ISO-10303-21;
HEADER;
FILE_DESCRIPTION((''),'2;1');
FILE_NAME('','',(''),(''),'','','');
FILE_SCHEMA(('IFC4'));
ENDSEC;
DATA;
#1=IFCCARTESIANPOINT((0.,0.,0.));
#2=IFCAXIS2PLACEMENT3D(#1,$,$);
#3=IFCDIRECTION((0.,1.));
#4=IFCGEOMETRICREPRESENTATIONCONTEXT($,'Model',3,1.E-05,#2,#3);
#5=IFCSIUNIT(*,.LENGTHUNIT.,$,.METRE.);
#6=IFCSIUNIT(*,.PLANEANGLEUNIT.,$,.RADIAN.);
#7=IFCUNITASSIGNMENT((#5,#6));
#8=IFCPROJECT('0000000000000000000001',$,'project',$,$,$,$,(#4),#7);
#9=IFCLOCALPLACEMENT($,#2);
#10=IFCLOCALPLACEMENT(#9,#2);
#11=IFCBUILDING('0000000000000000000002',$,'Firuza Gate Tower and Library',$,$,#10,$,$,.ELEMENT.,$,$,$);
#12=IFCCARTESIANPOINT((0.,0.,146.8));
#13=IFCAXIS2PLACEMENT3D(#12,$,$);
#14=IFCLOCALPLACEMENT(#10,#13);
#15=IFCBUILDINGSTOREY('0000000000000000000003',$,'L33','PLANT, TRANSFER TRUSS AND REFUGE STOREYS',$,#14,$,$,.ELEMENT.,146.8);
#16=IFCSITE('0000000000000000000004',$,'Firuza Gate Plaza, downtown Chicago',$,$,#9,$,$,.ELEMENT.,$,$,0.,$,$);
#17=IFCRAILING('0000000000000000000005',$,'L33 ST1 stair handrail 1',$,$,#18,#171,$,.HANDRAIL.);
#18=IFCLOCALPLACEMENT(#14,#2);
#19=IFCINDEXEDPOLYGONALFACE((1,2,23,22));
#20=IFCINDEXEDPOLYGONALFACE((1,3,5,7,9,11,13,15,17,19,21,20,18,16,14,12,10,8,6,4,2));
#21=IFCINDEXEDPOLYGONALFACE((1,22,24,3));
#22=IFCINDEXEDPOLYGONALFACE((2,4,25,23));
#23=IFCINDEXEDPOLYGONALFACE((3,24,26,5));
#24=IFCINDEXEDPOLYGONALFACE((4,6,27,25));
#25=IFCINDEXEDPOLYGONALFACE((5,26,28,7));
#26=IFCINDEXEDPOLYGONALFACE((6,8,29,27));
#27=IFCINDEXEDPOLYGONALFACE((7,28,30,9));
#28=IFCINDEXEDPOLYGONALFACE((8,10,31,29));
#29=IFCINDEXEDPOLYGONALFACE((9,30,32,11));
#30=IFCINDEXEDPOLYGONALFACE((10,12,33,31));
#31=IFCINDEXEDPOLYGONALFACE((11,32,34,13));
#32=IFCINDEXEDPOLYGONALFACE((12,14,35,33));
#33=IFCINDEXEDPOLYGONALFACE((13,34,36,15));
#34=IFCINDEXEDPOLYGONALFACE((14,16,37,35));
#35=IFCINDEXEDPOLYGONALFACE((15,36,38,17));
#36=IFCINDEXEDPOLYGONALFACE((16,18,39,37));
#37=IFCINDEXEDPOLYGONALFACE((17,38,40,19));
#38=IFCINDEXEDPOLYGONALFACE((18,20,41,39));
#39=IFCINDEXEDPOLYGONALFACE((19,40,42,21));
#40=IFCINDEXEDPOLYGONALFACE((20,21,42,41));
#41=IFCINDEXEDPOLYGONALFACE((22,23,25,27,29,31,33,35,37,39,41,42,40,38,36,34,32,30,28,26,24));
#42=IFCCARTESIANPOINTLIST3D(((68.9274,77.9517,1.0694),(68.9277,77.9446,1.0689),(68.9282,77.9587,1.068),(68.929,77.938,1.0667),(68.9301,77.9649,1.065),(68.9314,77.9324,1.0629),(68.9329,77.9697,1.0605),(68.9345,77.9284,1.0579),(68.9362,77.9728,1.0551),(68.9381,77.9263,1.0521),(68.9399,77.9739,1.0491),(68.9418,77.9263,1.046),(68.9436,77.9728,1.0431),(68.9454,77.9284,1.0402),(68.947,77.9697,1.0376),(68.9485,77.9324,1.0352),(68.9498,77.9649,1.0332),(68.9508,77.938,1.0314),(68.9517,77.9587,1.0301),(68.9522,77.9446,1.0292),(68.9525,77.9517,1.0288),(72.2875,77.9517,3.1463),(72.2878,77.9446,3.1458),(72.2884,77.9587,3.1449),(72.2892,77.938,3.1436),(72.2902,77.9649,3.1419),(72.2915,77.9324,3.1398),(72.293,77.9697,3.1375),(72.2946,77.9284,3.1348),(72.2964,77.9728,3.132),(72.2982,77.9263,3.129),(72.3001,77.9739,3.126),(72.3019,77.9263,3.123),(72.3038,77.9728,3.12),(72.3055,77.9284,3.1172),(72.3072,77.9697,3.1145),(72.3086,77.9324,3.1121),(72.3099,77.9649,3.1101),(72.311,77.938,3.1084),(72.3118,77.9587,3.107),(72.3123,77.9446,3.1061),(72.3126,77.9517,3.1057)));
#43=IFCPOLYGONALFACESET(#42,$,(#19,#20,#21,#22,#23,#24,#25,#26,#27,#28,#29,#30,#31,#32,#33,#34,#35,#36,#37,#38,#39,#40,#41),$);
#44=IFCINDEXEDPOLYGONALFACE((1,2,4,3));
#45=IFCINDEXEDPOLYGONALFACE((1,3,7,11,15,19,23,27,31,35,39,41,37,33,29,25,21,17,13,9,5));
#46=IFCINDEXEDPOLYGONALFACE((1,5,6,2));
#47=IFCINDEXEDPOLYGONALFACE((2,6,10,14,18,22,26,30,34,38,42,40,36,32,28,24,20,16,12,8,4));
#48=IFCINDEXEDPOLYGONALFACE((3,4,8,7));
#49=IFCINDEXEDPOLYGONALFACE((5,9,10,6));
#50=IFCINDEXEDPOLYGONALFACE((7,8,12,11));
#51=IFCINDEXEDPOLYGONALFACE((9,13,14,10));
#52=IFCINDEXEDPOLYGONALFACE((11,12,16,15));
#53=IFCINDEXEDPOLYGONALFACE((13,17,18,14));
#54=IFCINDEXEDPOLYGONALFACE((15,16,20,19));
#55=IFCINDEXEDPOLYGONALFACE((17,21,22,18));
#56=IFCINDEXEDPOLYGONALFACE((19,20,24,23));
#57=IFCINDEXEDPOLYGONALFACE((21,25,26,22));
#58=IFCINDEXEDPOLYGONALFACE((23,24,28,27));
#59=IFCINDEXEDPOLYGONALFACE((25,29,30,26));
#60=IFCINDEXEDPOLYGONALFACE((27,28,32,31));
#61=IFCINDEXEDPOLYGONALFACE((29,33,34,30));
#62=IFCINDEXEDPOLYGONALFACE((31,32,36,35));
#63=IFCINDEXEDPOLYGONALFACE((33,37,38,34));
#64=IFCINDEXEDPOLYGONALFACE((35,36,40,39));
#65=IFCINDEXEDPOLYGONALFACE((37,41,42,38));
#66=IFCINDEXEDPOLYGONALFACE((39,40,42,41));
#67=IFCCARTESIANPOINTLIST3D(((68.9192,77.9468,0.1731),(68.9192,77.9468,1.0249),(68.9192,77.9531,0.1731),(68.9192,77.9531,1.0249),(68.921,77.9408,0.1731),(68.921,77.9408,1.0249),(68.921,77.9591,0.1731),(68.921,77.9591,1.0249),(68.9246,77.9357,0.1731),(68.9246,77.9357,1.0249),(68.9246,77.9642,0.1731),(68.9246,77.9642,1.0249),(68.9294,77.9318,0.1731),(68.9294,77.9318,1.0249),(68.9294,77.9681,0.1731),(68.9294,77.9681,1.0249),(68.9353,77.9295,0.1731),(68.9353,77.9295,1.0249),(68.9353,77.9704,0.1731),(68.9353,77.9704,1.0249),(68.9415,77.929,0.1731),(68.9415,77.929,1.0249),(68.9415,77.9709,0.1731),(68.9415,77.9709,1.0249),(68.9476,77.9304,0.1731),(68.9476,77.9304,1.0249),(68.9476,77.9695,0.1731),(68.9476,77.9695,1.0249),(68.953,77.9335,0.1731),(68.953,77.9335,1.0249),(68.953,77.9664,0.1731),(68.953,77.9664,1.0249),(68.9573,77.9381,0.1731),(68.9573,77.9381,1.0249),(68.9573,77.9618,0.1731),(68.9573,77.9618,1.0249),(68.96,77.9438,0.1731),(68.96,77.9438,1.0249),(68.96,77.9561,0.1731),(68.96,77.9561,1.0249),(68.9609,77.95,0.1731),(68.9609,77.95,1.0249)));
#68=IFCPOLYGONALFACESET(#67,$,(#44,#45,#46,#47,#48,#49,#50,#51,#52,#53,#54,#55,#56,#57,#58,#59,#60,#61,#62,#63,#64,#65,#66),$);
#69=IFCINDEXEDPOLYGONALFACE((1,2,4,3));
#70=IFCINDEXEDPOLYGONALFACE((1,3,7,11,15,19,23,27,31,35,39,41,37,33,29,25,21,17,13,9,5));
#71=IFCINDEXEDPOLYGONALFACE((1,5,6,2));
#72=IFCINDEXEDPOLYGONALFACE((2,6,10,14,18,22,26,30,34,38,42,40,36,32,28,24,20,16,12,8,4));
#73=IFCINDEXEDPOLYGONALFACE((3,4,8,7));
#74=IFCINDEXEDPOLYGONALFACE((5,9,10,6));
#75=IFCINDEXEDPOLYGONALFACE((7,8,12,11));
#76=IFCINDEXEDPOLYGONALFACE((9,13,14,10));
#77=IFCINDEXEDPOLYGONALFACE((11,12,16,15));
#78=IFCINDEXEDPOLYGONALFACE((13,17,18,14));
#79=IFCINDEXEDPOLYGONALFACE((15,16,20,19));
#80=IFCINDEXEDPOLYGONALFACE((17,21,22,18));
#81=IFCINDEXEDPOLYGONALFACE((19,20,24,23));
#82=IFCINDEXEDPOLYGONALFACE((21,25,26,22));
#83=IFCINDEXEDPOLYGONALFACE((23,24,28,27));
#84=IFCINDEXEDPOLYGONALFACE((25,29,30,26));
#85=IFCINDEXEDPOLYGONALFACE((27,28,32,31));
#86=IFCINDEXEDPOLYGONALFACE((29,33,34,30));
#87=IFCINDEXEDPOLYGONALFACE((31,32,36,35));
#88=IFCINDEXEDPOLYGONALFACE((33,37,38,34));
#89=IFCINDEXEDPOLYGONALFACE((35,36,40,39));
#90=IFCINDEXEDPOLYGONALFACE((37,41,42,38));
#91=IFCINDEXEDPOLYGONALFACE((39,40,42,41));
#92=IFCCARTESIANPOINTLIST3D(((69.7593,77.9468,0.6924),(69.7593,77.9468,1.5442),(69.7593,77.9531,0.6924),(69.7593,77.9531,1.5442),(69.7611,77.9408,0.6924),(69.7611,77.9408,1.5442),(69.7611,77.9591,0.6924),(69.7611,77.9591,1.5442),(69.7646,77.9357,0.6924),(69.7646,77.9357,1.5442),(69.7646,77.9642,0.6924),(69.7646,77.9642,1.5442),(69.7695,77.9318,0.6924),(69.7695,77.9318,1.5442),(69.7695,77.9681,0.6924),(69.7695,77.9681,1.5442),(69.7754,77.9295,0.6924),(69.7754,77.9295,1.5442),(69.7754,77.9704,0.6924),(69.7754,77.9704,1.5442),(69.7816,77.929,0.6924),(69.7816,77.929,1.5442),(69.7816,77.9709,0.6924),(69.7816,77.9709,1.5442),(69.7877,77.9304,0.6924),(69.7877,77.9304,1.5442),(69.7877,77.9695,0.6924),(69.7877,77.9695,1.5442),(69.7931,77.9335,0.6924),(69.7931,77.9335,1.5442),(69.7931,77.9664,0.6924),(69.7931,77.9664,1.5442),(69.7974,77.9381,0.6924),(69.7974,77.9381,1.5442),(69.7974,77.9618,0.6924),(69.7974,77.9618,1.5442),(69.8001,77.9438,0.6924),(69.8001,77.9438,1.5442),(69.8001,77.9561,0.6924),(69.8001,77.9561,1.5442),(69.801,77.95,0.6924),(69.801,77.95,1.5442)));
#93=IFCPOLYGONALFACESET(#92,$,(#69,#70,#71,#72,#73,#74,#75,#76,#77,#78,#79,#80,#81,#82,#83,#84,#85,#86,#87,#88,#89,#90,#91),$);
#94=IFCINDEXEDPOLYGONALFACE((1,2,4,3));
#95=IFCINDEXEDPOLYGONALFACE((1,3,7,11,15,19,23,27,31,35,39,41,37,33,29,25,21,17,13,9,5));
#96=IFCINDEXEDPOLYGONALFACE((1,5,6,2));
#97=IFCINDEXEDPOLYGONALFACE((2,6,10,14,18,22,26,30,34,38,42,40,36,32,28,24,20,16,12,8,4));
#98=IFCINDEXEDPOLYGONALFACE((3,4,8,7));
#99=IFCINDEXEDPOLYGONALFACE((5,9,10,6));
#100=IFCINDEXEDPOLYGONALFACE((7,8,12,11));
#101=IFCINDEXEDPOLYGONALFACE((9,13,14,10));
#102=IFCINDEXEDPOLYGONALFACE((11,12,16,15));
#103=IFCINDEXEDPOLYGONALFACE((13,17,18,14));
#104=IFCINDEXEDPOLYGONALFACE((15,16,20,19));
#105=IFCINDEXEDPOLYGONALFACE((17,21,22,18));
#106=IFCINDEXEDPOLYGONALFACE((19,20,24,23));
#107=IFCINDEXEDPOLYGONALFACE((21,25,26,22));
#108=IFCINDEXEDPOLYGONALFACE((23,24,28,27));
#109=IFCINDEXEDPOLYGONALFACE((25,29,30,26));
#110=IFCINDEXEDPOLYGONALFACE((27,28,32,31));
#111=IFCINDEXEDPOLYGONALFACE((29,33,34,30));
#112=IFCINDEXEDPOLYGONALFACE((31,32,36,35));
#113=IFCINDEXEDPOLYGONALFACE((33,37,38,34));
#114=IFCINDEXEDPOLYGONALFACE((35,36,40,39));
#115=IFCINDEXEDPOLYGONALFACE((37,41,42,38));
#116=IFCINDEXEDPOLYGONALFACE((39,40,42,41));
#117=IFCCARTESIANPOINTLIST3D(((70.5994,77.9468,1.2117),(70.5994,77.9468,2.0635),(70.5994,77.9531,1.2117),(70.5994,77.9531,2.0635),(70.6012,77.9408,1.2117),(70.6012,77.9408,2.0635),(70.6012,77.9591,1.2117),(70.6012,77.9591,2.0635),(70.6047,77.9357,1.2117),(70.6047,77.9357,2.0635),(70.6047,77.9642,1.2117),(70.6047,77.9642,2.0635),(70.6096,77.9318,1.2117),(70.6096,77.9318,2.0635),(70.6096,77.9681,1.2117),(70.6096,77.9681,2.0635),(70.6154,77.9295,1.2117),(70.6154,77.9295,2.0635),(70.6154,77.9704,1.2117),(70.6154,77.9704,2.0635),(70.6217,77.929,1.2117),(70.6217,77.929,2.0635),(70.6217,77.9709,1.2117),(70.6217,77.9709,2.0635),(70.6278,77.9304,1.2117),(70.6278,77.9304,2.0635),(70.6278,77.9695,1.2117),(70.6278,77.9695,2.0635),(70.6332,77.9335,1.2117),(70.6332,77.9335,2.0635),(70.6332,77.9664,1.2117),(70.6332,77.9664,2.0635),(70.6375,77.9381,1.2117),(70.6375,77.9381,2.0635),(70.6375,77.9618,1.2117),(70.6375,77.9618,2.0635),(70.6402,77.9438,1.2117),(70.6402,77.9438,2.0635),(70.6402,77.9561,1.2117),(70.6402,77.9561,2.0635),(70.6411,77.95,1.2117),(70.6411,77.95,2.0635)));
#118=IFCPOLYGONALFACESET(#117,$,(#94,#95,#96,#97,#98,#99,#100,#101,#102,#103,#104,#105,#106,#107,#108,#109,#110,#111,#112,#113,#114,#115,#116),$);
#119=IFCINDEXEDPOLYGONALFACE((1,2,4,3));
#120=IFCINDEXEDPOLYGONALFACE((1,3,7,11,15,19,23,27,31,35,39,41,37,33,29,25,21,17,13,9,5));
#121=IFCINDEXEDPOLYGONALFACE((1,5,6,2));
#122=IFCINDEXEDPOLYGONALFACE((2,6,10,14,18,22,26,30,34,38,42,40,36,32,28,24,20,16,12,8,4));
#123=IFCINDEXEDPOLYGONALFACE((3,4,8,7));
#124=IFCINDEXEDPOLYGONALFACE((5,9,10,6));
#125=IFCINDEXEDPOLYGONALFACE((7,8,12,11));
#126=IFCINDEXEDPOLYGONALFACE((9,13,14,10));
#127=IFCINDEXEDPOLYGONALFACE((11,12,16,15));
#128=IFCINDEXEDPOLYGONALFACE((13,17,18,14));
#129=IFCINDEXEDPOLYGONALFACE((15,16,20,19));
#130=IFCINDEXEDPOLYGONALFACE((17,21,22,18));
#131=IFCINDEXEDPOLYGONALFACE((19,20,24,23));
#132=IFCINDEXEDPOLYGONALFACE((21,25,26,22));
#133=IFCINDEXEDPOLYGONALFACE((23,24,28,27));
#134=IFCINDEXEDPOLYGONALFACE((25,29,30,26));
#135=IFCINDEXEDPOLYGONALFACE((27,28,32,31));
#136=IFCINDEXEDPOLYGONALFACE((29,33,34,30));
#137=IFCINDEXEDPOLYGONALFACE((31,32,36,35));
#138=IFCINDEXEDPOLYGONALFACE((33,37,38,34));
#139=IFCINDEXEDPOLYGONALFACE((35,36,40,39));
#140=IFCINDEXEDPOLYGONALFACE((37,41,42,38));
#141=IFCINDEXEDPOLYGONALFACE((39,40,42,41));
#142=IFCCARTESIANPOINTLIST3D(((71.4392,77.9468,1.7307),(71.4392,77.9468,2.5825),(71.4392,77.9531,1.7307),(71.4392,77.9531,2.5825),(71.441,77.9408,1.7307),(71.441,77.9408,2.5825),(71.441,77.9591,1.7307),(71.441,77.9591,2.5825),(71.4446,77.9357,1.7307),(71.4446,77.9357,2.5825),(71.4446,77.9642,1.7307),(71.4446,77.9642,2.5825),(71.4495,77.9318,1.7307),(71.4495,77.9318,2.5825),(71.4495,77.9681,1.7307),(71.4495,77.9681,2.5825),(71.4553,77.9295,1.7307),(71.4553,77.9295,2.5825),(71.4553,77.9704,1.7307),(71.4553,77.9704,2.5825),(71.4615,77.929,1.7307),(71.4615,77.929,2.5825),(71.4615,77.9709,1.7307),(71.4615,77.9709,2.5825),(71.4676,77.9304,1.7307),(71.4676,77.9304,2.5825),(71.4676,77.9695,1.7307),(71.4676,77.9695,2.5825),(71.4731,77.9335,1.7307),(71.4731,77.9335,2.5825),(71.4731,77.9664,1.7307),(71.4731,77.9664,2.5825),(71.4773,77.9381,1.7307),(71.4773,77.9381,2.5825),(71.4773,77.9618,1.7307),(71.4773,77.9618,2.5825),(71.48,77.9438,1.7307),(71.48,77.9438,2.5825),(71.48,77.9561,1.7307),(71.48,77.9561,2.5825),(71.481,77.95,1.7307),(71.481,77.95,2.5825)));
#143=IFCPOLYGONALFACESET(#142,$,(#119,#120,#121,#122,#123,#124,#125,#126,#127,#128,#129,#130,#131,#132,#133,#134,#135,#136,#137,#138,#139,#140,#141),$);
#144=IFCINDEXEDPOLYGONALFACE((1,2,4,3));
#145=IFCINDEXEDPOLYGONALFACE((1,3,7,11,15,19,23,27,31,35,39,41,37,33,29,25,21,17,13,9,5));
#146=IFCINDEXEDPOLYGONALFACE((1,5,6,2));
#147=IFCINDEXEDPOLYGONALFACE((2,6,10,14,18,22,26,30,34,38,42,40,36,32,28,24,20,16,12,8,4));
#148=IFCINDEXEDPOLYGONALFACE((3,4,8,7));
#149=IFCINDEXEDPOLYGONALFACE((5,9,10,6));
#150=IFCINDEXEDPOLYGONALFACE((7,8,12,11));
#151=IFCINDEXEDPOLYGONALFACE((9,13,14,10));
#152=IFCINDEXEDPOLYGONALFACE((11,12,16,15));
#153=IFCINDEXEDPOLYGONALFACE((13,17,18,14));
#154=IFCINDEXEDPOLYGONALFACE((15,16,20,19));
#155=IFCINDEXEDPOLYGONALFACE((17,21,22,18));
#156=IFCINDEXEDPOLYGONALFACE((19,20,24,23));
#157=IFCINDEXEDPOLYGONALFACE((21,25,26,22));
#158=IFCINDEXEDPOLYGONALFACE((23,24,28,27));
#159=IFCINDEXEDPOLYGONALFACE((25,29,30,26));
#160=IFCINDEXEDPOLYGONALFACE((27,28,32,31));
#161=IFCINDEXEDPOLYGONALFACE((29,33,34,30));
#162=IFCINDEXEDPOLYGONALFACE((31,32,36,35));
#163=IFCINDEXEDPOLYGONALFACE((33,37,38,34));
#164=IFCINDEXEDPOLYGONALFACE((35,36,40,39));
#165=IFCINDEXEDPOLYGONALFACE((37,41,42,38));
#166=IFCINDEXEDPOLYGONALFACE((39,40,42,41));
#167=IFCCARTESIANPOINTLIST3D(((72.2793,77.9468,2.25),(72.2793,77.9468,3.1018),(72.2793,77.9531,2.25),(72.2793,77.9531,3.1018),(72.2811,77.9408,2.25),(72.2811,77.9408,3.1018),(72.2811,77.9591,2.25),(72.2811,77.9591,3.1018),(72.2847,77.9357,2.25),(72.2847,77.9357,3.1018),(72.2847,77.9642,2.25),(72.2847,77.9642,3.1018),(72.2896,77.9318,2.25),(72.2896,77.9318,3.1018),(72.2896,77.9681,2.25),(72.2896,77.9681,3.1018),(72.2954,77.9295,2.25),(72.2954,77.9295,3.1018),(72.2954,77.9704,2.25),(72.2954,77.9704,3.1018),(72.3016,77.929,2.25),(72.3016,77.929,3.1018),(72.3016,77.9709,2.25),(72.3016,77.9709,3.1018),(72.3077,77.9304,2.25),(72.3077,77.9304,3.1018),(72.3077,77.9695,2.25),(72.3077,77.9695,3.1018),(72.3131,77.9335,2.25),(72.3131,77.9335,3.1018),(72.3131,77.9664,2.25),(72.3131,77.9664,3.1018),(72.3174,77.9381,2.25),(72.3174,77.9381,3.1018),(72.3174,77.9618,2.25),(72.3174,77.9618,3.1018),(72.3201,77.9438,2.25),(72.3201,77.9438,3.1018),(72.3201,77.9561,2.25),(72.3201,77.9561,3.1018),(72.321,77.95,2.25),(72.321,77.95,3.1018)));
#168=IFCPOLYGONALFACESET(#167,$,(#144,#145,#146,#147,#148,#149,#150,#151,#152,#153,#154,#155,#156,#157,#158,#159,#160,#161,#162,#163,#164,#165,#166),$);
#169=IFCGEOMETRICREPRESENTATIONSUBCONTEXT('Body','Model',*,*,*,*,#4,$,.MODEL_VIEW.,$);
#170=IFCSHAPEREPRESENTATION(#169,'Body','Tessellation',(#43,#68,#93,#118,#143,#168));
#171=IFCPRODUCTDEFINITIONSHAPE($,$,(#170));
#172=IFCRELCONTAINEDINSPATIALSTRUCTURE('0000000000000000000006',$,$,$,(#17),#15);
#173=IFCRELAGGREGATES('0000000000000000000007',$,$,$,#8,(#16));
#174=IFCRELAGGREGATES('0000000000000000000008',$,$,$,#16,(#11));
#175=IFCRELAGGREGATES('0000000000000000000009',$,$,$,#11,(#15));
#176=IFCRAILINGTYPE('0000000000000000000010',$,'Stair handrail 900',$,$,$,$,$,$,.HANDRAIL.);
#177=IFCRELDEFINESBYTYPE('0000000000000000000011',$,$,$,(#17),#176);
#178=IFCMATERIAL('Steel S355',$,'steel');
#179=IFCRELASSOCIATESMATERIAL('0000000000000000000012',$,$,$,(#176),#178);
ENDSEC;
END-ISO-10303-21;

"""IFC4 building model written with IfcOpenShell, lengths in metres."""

from ifc_helpers import new_model, si_unit, direction, frame, origin, origin_2d, place, context, subcontext, project, spatial, circle, extrude, material, type_object, element, save


model = new_model("IFC4")

# Units and contexts
model_context = context("Model", 3, precision=1e-05, world=origin(), true_north=direction((0.0, 1.0)))
body_context = subcontext(model_context, "Body", "Model", "MODEL_VIEW")
ifc_project = project(units=[si_unit("LENGTHUNIT", "METRE"), si_unit("PLANEANGLEUNIT", "RADIAN")], contexts=[model_context])

# Site, building, storey
site_placement = place(None, origin())
site = spatial("IfcSite", under=ifc_project, at=site_placement, Name="Firuza Gate Plaza, downtown Chicago", CompositionType="ELEMENT", RefElevation=0.0)
building_placement = place(site_placement, origin())
building = spatial("IfcBuilding", under=site, at=building_placement, Name="Firuza Gate Tower and Library", CompositionType="ELEMENT")
storey_placement = place(building_placement, frame((0.0, 0.0, 146.8)))
storey = spatial("IfcBuildingStorey", under=building, at=storey_placement, Name="L33", Description="PLANT, TRANSFER TRUSS AND REFUGE STOREYS", CompositionType="ELEMENT", Elevation=146.8)

# Railing
ifc_material_1 = material(Name="Steel S355", Category="steel")
railing_type_1 = type_object("IfcRailingType", Name="Stair handrail 900", PredefinedType="HANDRAIL", material=ifc_material_1)
railing_1_placement = place(storey_placement, frame((68.9399, 77.95, 0.1731)))
element("IfcRailing", 1, at=railing_1_placement, inside=storey, type_object=railing_type_1, Name="L33 ST1 stair handrail 1", PredefinedType="HANDRAIL", context=body_context, shape_type="SweptSolid", body=[
    extrude(circle(Radius=0.0239, at=origin_2d()), frame((0.0, 0.0, 0.876), z_axis=(0.850623, 0.0, 0.525776), x_axis=(0.0, 1.0, 0.0)), (0.0, 0.0, 1.0), 3.9502),
    extrude(circle(Radius=0.021, at=origin_2d()), origin(), (0.0, 0.0, 1.0), 0.8518),
    extrude(circle(Radius=0.021, at=origin_2d()), frame((0.8401, 0.0, 0.5193)), (0.0, 0.0, 1.0), 0.8518),
    extrude(circle(Radius=0.021, at=origin_2d()), frame((1.6802, 0.0, 1.0386)), (0.0, 0.0, 1.0), 0.8518),
    extrude(circle(Radius=0.021, at=origin_2d()), frame((2.52, 0.0, 1.5576)), (0.0, 0.0, 1.0), 0.8518),
    extrude(circle(Radius=0.021, at=origin_2d()), frame((3.3601, 0.0, 2.0769)), (0.0, 0.0, 1.0), 0.8518),
])

save(model, "model.ifc")
